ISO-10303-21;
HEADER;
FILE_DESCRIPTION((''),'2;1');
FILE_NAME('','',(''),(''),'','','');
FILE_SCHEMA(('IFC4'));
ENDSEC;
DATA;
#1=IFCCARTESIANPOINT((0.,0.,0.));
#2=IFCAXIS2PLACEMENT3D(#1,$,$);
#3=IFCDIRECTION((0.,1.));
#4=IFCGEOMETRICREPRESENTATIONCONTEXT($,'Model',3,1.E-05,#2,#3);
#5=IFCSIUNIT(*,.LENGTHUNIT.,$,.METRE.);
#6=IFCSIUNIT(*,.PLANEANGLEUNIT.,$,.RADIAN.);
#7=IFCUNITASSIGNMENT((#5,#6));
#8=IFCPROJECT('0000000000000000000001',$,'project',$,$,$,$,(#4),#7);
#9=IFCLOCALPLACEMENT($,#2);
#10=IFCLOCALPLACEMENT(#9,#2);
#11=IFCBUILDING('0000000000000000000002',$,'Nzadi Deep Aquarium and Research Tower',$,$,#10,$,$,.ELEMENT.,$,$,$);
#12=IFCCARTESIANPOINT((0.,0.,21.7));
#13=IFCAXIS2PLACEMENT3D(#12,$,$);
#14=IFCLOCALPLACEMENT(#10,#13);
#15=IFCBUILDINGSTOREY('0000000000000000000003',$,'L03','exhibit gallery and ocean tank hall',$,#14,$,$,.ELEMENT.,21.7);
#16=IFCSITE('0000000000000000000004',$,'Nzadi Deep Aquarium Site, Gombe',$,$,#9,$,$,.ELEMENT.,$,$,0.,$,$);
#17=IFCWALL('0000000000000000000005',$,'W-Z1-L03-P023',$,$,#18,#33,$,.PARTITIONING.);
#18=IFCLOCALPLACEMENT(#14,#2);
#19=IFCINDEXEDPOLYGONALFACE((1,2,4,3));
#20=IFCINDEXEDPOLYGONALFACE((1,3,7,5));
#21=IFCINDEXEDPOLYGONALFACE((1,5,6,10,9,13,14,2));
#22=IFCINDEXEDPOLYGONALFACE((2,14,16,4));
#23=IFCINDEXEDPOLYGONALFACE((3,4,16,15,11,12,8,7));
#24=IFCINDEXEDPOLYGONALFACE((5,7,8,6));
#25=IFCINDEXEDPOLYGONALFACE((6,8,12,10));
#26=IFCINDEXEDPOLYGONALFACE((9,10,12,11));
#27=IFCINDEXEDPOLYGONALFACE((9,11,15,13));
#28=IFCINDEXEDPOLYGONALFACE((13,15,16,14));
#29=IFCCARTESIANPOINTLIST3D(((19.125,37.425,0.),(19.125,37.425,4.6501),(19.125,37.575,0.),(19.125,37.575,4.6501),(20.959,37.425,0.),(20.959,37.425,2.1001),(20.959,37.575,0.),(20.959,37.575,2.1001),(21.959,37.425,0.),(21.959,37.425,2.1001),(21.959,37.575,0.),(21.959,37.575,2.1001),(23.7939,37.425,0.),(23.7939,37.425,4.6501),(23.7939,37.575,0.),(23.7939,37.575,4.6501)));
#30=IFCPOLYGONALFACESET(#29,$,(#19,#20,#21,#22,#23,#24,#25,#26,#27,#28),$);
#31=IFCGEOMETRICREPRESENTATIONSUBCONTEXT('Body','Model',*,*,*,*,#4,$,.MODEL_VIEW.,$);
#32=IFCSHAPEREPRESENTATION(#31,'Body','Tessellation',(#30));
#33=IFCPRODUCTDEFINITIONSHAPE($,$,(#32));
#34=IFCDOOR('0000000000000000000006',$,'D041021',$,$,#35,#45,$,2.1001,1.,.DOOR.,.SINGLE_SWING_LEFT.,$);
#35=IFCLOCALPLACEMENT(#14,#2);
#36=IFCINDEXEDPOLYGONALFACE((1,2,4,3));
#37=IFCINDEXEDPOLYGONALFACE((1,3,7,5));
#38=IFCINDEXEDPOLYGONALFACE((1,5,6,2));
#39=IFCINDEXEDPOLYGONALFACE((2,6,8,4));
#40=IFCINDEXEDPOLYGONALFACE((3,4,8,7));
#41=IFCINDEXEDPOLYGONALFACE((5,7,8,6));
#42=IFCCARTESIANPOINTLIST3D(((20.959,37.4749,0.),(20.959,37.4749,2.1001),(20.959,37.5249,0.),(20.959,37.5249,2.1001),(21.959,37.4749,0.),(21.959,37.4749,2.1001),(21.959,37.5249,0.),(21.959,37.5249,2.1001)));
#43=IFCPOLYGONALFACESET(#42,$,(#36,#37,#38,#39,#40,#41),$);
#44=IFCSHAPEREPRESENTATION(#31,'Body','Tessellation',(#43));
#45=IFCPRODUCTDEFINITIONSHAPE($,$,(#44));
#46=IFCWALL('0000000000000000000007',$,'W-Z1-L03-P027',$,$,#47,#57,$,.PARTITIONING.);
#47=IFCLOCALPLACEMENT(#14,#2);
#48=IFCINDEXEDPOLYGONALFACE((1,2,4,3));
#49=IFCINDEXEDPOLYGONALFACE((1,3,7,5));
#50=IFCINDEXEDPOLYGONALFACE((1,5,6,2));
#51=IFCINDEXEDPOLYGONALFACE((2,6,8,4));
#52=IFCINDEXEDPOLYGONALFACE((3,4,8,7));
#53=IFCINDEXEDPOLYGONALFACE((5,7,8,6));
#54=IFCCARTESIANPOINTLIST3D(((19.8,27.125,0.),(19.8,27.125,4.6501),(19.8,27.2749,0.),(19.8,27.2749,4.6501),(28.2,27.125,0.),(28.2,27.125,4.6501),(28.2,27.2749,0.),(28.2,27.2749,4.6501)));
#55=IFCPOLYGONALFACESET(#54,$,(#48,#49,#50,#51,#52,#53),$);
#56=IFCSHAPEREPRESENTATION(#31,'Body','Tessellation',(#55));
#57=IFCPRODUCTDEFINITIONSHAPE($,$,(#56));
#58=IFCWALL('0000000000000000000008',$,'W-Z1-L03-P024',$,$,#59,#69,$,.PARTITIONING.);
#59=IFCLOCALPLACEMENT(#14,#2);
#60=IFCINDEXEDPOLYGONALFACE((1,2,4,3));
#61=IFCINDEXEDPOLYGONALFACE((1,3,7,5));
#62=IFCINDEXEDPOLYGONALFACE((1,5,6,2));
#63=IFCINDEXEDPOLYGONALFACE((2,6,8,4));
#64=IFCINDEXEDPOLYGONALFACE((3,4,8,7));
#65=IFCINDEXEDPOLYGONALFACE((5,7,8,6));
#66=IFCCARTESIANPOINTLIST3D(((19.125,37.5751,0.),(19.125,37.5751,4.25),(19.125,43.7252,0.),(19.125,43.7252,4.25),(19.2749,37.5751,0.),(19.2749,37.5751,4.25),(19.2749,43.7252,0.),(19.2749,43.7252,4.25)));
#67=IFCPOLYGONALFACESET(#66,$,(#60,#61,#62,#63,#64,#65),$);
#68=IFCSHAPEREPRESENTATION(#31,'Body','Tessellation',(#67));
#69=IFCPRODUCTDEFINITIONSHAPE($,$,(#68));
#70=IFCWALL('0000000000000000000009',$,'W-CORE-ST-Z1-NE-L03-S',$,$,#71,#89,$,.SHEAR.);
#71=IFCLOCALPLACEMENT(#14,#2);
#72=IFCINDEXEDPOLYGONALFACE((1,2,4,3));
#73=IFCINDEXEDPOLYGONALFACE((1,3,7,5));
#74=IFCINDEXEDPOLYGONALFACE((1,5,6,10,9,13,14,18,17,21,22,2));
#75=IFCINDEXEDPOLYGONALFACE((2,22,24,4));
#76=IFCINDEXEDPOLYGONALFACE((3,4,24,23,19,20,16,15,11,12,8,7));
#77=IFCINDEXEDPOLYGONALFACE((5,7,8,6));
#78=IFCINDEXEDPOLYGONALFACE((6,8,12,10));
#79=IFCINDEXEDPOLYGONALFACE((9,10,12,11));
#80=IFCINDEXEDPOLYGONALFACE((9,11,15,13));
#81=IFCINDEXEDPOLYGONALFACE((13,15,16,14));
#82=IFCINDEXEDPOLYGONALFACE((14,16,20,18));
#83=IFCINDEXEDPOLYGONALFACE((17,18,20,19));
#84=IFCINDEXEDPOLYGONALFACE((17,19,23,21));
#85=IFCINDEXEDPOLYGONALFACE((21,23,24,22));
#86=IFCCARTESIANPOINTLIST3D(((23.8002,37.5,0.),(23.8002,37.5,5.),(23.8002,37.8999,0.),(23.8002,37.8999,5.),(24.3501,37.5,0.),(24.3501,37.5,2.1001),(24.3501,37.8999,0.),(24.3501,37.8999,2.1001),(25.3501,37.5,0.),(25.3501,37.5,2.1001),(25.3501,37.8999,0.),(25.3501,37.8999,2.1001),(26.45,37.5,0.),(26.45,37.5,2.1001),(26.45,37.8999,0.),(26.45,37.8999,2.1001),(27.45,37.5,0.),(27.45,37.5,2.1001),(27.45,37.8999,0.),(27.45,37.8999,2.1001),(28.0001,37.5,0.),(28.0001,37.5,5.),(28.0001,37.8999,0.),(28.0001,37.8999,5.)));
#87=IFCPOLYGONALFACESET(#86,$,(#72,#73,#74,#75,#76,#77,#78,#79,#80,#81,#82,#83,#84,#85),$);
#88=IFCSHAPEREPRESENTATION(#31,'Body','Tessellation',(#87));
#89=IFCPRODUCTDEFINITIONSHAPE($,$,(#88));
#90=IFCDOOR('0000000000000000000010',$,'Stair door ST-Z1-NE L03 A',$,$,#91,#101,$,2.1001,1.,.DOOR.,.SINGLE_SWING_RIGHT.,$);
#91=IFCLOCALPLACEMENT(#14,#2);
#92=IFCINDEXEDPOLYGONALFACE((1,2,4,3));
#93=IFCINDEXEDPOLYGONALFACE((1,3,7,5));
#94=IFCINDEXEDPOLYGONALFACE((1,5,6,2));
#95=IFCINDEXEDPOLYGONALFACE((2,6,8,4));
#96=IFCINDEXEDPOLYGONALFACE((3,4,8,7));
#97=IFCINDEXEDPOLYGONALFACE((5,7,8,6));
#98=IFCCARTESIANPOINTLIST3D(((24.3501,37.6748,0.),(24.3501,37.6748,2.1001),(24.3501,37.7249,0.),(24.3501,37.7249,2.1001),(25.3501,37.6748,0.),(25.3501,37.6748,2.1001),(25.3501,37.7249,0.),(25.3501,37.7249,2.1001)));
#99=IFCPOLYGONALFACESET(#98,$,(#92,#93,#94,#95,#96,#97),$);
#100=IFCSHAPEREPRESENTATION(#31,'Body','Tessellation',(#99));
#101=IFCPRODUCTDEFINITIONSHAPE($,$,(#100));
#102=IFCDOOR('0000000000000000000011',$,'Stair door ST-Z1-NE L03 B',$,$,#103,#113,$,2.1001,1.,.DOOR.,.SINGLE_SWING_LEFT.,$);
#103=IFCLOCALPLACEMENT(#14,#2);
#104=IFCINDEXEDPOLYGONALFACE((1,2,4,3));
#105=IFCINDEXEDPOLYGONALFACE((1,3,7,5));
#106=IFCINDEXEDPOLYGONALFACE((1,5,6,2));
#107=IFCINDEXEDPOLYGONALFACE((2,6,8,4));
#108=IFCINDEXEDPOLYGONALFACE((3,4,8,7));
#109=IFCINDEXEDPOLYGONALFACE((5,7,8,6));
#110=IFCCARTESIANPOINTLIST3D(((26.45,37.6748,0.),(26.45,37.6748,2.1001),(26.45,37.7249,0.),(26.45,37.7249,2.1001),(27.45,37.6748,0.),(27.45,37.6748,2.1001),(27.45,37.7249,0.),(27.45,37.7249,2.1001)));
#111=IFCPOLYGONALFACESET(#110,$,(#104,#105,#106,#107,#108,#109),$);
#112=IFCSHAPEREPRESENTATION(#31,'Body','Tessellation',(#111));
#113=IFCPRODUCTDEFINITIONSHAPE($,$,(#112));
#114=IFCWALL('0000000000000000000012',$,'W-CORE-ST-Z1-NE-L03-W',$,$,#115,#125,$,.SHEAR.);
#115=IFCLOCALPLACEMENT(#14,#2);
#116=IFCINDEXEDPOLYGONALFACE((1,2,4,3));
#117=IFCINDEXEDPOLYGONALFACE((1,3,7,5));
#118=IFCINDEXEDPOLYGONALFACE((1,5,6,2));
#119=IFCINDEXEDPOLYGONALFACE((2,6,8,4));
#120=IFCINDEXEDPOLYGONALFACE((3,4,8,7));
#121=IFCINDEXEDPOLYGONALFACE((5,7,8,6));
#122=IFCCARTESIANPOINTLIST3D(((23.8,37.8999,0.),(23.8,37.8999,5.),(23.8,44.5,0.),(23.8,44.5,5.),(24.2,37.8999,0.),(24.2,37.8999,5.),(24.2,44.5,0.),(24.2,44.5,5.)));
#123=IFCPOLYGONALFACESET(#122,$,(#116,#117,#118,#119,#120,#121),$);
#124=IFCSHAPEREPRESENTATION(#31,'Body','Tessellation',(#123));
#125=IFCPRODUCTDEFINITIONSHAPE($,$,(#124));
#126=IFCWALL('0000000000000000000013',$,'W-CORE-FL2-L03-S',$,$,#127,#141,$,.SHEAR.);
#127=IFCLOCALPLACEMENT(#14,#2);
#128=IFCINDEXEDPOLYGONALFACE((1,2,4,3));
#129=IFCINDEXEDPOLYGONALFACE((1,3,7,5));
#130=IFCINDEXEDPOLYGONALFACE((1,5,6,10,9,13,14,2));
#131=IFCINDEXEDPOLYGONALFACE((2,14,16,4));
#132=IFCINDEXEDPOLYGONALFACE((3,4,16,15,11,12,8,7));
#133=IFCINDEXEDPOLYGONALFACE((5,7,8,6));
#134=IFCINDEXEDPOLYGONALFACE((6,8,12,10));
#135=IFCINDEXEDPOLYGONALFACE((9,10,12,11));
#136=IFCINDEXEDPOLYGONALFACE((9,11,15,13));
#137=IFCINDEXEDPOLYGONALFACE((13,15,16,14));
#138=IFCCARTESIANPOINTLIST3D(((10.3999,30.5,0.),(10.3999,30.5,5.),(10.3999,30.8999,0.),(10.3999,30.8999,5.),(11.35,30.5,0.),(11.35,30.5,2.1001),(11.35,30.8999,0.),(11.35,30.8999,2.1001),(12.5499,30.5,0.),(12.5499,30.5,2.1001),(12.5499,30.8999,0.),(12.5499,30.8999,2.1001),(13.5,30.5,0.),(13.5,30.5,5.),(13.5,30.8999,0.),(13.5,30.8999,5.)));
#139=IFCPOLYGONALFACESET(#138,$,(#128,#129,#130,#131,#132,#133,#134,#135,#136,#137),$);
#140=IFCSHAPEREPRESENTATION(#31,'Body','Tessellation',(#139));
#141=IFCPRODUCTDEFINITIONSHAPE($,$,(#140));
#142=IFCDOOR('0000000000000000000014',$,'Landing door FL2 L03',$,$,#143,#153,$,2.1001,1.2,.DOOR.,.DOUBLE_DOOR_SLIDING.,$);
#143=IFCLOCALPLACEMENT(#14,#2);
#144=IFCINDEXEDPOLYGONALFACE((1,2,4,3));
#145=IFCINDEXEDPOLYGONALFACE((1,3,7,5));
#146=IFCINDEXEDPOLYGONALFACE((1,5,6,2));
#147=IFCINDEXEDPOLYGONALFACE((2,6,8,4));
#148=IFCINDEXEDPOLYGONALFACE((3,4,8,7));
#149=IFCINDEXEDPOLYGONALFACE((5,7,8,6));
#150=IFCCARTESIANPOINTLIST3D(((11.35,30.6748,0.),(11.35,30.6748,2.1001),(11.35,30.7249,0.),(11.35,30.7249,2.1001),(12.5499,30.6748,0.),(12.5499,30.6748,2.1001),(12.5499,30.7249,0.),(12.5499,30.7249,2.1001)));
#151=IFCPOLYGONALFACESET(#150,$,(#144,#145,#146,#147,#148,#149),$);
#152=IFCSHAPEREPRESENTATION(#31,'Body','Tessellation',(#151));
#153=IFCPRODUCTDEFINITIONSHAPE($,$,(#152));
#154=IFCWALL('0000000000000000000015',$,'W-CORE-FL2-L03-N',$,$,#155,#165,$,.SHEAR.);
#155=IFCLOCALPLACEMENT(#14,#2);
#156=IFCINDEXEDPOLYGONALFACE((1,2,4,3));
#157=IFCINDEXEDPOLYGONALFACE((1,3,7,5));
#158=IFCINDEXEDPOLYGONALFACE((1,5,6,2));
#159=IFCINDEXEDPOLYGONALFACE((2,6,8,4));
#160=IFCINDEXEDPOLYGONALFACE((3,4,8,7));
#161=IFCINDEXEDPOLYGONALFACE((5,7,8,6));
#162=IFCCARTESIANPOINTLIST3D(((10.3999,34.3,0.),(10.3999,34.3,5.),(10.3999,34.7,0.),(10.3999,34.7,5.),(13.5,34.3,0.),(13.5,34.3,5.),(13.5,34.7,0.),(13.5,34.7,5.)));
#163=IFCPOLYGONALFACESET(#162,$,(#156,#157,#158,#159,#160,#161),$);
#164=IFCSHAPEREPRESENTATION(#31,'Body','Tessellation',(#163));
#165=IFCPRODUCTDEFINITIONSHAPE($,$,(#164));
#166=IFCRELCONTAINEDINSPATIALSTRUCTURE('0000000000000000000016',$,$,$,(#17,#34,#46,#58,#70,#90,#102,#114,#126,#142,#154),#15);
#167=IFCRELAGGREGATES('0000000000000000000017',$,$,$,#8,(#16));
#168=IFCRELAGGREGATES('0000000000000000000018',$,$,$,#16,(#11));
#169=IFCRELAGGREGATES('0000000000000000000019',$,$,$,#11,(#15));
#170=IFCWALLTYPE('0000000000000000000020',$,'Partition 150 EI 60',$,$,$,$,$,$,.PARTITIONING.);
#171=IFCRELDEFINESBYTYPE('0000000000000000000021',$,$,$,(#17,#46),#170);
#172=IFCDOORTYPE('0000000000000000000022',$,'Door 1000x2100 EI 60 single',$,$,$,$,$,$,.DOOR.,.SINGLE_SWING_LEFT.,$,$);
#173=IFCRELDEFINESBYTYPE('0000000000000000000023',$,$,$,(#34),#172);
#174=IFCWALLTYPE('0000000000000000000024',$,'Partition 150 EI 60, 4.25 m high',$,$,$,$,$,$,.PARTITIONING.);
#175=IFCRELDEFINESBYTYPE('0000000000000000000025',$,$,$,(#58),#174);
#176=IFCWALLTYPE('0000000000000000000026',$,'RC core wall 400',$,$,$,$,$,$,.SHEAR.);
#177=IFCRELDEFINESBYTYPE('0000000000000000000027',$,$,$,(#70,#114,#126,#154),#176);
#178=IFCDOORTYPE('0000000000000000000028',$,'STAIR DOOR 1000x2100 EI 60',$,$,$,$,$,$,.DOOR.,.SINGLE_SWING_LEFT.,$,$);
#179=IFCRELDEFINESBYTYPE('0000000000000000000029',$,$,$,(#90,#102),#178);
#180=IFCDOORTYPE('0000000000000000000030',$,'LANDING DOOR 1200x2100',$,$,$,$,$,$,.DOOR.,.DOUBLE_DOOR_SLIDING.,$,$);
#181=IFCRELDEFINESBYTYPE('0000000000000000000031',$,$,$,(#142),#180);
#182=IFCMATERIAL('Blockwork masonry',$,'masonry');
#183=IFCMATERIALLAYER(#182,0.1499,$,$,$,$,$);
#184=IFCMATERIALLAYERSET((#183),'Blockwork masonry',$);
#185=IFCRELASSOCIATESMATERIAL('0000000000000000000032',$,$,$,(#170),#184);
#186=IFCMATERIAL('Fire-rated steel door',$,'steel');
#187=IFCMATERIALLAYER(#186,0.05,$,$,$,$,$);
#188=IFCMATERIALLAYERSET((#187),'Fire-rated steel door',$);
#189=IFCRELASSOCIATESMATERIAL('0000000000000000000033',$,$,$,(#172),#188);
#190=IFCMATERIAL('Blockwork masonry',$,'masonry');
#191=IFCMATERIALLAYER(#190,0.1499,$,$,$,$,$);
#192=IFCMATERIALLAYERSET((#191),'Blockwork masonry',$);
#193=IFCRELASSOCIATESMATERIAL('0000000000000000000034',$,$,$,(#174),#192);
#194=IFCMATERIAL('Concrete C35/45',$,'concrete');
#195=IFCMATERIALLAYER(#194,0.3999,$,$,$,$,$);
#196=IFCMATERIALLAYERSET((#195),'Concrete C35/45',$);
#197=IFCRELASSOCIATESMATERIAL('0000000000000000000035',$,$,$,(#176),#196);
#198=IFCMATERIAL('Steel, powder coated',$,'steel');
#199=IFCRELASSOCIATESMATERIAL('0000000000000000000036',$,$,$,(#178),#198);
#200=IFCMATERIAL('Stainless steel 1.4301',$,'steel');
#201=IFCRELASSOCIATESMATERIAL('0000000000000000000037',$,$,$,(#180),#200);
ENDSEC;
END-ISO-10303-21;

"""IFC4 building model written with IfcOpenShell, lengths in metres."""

from ifc_helpers import new_model, si_unit, direction, frame, frame_2d, origin, place, context, subcontext, project, spatial, rectangle, extrude, material, layer, layer_set, type_object, element, fill, save


model = new_model("IFC4")

# Units and contexts
model_context = context("Model", 3, precision=1e-05, world=origin(), true_north=direction((0.0, 1.0)))
body_context = subcontext(model_context, "Body", "Model", "MODEL_VIEW")
ifc_project = project(units=[si_unit("LENGTHUNIT", "METRE"), si_unit("PLANEANGLEUNIT", "RADIAN")], contexts=[model_context])

# Site, building, storey
site_placement = place(None, origin())
site = spatial("IfcSite", under=ifc_project, at=site_placement, Name="Nzadi Deep Aquarium Site, Gombe", CompositionType="ELEMENT", RefElevation=0.0)
building_placement = place(site_placement, origin())
building = spatial("IfcBuilding", under=site, at=building_placement, Name="Nzadi Deep Aquarium and Research Tower", CompositionType="ELEMENT")
storey_placement = place(building_placement, frame((0.0, 0.0, 21.7)))
storey = spatial("IfcBuildingStorey", under=building, at=storey_placement, Name="L03", Description="exhibit gallery and ocean tank hall", CompositionType="ELEMENT", Elevation=21.7)

# Shared definitions
ifc_material_1 = material(Name="Blockwork masonry", Category="masonry")
ifc_layer_1 = layer(ifc_material_1, 0.1499)
ifc_layer_set_1 = layer_set([ifc_layer_1], Name="Blockwork masonry")
wall_type_1 = type_object("IfcWallType", Name="Partition 150 EI 60", PredefinedType="PARTITIONING", material=ifc_layer_set_1)

# Wall, opening, door
wall_1_placement = place(storey_placement, frame((19.125, 37.5, 0.0), z_axis=(0.0, 0.0, 1.0), x_axis=(1.0, 0.0, 0.0)))
wall_1 = element("IfcWall", 1, at=wall_1_placement, inside=storey, type_object=wall_type_1, Name="W-Z1-L03-P023", PredefinedType="PARTITIONING", context=body_context, shape_type="SweptSolid", body=[
    extrude(rectangle(XDim=4.6689, YDim=0.1499, at=frame_2d((2.3345, 0.0))), origin(), (0.0, 0.0, 1.0), 4.6501),
])
opening_1_placement = place(wall_1_placement, frame((1.834, 0.0, 0.0)))
opening_1 = element("IfcOpeningElement", 2, at=opening_1_placement, cuts=wall_1, PredefinedType="OPENING", context=body_context, shape_type="SweptSolid", body=[
    extrude(rectangle(XDim=1.0, YDim=2.1001, at=frame_2d((0.5, 1.05))), frame((0.0, 0.085, 0.0), z_axis=(0.0, -1.0, 0.0), x_axis=(1.0, 0.0, 0.0)), (0.0, 0.0, 1.0), 0.1699),
])
ifc_material_2 = material(Name="Fire-rated steel door", Category="steel")
ifc_layer_2 = layer(ifc_material_2, 0.05)
ifc_layer_set_2 = layer_set([ifc_layer_2], Name="Fire-rated steel door")
door_type_1 = type_object("IfcDoorType", Name="Door 1000x2100 EI 60 single", OperationType="SINGLE_SWING_LEFT", PredefinedType="DOOR", material=ifc_layer_set_2)
door_1_placement = place(opening_1_placement, origin())
door_1 = element("IfcDoor", 3, at=door_1_placement, inside=storey, type_object=door_type_1, Name="D041021", OperationType="SINGLE_SWING_LEFT", OverallHeight=2.1001, OverallWidth=1.0, PredefinedType="DOOR", context=body_context, shape_type="SweptSolid", body=[
    extrude(rectangle(XDim=1.0, YDim=2.1001, at=frame_2d((0.5, 1.05))), frame((0.0, 0.0249, 0.0), z_axis=(0.0, -1.0, 0.0), x_axis=(1.0, 0.0, 0.0)), (0.0, 0.0, 1.0), 0.05),
])
fill(opening_1, door_1)

# Walls
wall_2_placement = place(storey_placement, frame((19.8, 27.2, 0.0), z_axis=(0.0, 0.0, 1.0), x_axis=(1.0, 0.0, 0.0)))
element("IfcWall", 4, at=wall_2_placement, inside=storey, type_object=wall_type_1, Name="W-Z1-L03-P027", PredefinedType="PARTITIONING", context=body_context, shape_type="SweptSolid", body=[
    extrude(rectangle(XDim=8.3999, YDim=0.1499, at=frame_2d((4.2, 0.0))), origin(), (0.0, 0.0, 1.0), 4.6501),
])
ifc_material_3 = material(Name="Blockwork masonry", Category="masonry")
ifc_layer_3 = layer(ifc_material_3, 0.1499)
ifc_layer_set_3 = layer_set([ifc_layer_3], Name="Blockwork masonry")
wall_type_2 = type_object("IfcWallType", Name="Partition 150 EI 60, 4.25 m high", PredefinedType="PARTITIONING", material=ifc_layer_set_3)
wall_3_placement = place(storey_placement, frame((19.2, 37.575, 0.0), z_axis=(0.0, 0.0, 1.0), x_axis=(0.0, 1.0, 0.0)))
element("IfcWall", 5, at=wall_3_placement, inside=storey, type_object=wall_type_2, Name="W-Z1-L03-P024", PredefinedType="PARTITIONING", context=body_context, shape_type="SweptSolid", body=[
    extrude(rectangle(XDim=6.1501, YDim=0.1499, at=frame_2d((3.0752, 0.0))), origin(), (0.0, 0.0, 1.0), 4.25),
])

# Wall, openings, doors
ifc_material_4 = material(Name="Concrete C35/45", Category="concrete")
ifc_layer_4 = layer(ifc_material_4, 0.3999)
ifc_layer_set_4 = layer_set([ifc_layer_4], Name="Concrete C35/45")
wall_type_3 = type_object("IfcWallType", Name="RC core wall 400", PredefinedType="SHEAR", material=ifc_layer_set_4)
wall_4_placement = place(storey_placement, frame((23.8, 37.7, 0.0), z_axis=(0.0, 0.0, 1.0), x_axis=(1.0, 0.0, 0.0)))
wall_4 = element("IfcWall", 6, at=wall_4_placement, inside=storey, type_object=wall_type_3, Name="W-CORE-ST-Z1-NE-L03-S", PredefinedType="SHEAR", context=body_context, shape_type="SweptSolid", body=[
    extrude(rectangle(XDim=4.2, YDim=0.3999, at=frame_2d((2.1001, 0.0))), origin(), (0.0, 0.0, 1.0), 5.0),
])
opening_2_placement = place(wall_4_placement, frame((0.55, 0.0, 0.0)))
opening_2 = element("IfcOpeningElement", 7, at=opening_2_placement, cuts=wall_4, PredefinedType="OPENING", context=body_context, shape_type="SweptSolid", body=[
    extrude(rectangle(XDim=1.0, YDim=2.1001, at=frame_2d((0.5, 1.05))), frame((0.0, 0.21, 0.0), z_axis=(0.0, -1.0, 0.0), x_axis=(1.0, 0.0, 0.0)), (0.0, 0.0, 1.0), 0.4199),
])
opening_3_placement = place(wall_4_placement, frame((2.6499, 0.0, 0.0)))
opening_3 = element("IfcOpeningElement", 8, at=opening_3_placement, cuts=wall_4, PredefinedType="OPENING", context=body_context, shape_type="SweptSolid", body=[
    extrude(rectangle(XDim=1.0, YDim=2.1001, at=frame_2d((0.5, 1.05))), frame((0.0, 0.21, 0.0), z_axis=(0.0, -1.0, 0.0), x_axis=(1.0, 0.0, 0.0)), (0.0, 0.0, 1.0), 0.4199),
])
ifc_material_5 = material(Name="Steel, powder coated", Category="steel")
door_type_2 = type_object("IfcDoorType", Name="STAIR DOOR 1000x2100 EI 60", OperationType="SINGLE_SWING_LEFT", PredefinedType="DOOR", material=ifc_material_5)
door_2_placement = place(opening_2_placement, origin())
door_2 = element("IfcDoor", 9, at=door_2_placement, inside=storey, type_object=door_type_2, Name="Stair door ST-Z1-NE L03 A", OperationType="SINGLE_SWING_RIGHT", OverallHeight=2.1001, OverallWidth=1.0, PredefinedType="DOOR", context=body_context, shape_type="SweptSolid", body=[
    extrude(rectangle(XDim=1.0, YDim=2.1001, at=frame_2d((0.5, 1.05))), frame((0.0, 0.0249, 0.0), z_axis=(0.0, -1.0, 0.0), x_axis=(1.0, 0.0, 0.0)), (0.0, 0.0, 1.0), 0.05),
])
fill(opening_2, door_2)
door_3_placement = place(opening_3_placement, origin())
door_3 = element("IfcDoor", 10, at=door_3_placement, inside=storey, type_object=door_type_2, Name="Stair door ST-Z1-NE L03 B", OperationType="SINGLE_SWING_LEFT", OverallHeight=2.1001, OverallWidth=1.0, PredefinedType="DOOR", context=body_context, shape_type="SweptSolid", body=[
    extrude(rectangle(XDim=1.0, YDim=2.1001, at=frame_2d((0.5, 1.05))), frame((0.0, 0.0249, 0.0), z_axis=(0.0, -1.0, 0.0), x_axis=(1.0, 0.0, 0.0)), (0.0, 0.0, 1.0), 0.05),
])
fill(opening_3, door_3)

# Wall
wall_5_placement = place(storey_placement, frame((24.0, 37.8999, 0.0), z_axis=(0.0, 0.0, 1.0), x_axis=(0.0, 1.0, 0.0)))
element("IfcWall", 11, at=wall_5_placement, inside=storey, type_object=wall_type_3, Name="W-CORE-ST-Z1-NE-L03-W", PredefinedType="SHEAR", context=body_context, shape_type="SweptSolid", body=[
    extrude(rectangle(XDim=6.6001, YDim=0.3999, at=frame_2d((3.3, 0.0))), origin(), (0.0, 0.0, 1.0), 5.0),
])

# Wall, opening, door
wall_6_placement = place(storey_placement, frame((10.3999, 30.7, 0.0), z_axis=(0.0, 0.0, 1.0), x_axis=(1.0, 0.0, 0.0)))
wall_6 = element("IfcWall", 12, at=wall_6_placement, inside=storey, type_object=wall_type_3, Name="W-CORE-FL2-L03-S", PredefinedType="SHEAR", context=body_context, shape_type="SweptSolid", body=[
    extrude(rectangle(XDim=3.1001, YDim=0.3999, at=frame_2d((1.55, 0.0))), origin(), (0.0, 0.0, 1.0), 5.0),
])
opening_4_placement = place(wall_6_placement, frame((0.95, 0.0, 0.0)))
opening_4 = element("IfcOpeningElement", 13, at=opening_4_placement, cuts=wall_6, PredefinedType="OPENING", context=body_context, shape_type="SweptSolid", body=[
    extrude(rectangle(XDim=1.2, YDim=2.1001, at=frame_2d((0.6001, 1.05))), frame((0.0, 0.21, 0.0), z_axis=(0.0, -1.0, 0.0), x_axis=(1.0, 0.0, 0.0)), (0.0, 0.0, 1.0), 0.4199),
])
ifc_material_6 = material(Name="Stainless steel 1.4301", Category="steel")
door_type_3 = type_object("IfcDoorType", Name="LANDING DOOR 1200x2100", OperationType="DOUBLE_DOOR_SLIDING", PredefinedType="DOOR", material=ifc_material_6)
door_4_placement = place(opening_4_placement, origin())
door_4 = element("IfcDoor", 14, at=door_4_placement, inside=storey, type_object=door_type_3, Name="Landing door FL2 L03", OperationType="DOUBLE_DOOR_SLIDING", OverallHeight=2.1001, OverallWidth=1.2, PredefinedType="DOOR", context=body_context, shape_type="SweptSolid", body=[
    extrude(rectangle(XDim=1.2, YDim=2.1001, at=frame_2d((0.6001, 1.05))), frame((0.0, 0.0249, 0.0), z_axis=(0.0, -1.0, 0.0), x_axis=(1.0, 0.0, 0.0)), (0.0, 0.0, 1.0), 0.05),
])
fill(opening_4, door_4)

# Wall
wall_7_placement = place(storey_placement, frame((10.3999, 34.5, 0.0), z_axis=(0.0, 0.0, 1.0), x_axis=(1.0, 0.0, 0.0)))
element("IfcWall", 15, at=wall_7_placement, inside=storey, type_object=wall_type_3, Name="W-CORE-FL2-L03-N", PredefinedType="SHEAR", context=body_context, shape_type="SweptSolid", body=[
    extrude(rectangle(XDim=3.1001, YDim=0.3999, at=frame_2d((1.55, 0.0))), origin(), (0.0, 0.0, 1.0), 5.0),
])

save(model, "model.ifc")
